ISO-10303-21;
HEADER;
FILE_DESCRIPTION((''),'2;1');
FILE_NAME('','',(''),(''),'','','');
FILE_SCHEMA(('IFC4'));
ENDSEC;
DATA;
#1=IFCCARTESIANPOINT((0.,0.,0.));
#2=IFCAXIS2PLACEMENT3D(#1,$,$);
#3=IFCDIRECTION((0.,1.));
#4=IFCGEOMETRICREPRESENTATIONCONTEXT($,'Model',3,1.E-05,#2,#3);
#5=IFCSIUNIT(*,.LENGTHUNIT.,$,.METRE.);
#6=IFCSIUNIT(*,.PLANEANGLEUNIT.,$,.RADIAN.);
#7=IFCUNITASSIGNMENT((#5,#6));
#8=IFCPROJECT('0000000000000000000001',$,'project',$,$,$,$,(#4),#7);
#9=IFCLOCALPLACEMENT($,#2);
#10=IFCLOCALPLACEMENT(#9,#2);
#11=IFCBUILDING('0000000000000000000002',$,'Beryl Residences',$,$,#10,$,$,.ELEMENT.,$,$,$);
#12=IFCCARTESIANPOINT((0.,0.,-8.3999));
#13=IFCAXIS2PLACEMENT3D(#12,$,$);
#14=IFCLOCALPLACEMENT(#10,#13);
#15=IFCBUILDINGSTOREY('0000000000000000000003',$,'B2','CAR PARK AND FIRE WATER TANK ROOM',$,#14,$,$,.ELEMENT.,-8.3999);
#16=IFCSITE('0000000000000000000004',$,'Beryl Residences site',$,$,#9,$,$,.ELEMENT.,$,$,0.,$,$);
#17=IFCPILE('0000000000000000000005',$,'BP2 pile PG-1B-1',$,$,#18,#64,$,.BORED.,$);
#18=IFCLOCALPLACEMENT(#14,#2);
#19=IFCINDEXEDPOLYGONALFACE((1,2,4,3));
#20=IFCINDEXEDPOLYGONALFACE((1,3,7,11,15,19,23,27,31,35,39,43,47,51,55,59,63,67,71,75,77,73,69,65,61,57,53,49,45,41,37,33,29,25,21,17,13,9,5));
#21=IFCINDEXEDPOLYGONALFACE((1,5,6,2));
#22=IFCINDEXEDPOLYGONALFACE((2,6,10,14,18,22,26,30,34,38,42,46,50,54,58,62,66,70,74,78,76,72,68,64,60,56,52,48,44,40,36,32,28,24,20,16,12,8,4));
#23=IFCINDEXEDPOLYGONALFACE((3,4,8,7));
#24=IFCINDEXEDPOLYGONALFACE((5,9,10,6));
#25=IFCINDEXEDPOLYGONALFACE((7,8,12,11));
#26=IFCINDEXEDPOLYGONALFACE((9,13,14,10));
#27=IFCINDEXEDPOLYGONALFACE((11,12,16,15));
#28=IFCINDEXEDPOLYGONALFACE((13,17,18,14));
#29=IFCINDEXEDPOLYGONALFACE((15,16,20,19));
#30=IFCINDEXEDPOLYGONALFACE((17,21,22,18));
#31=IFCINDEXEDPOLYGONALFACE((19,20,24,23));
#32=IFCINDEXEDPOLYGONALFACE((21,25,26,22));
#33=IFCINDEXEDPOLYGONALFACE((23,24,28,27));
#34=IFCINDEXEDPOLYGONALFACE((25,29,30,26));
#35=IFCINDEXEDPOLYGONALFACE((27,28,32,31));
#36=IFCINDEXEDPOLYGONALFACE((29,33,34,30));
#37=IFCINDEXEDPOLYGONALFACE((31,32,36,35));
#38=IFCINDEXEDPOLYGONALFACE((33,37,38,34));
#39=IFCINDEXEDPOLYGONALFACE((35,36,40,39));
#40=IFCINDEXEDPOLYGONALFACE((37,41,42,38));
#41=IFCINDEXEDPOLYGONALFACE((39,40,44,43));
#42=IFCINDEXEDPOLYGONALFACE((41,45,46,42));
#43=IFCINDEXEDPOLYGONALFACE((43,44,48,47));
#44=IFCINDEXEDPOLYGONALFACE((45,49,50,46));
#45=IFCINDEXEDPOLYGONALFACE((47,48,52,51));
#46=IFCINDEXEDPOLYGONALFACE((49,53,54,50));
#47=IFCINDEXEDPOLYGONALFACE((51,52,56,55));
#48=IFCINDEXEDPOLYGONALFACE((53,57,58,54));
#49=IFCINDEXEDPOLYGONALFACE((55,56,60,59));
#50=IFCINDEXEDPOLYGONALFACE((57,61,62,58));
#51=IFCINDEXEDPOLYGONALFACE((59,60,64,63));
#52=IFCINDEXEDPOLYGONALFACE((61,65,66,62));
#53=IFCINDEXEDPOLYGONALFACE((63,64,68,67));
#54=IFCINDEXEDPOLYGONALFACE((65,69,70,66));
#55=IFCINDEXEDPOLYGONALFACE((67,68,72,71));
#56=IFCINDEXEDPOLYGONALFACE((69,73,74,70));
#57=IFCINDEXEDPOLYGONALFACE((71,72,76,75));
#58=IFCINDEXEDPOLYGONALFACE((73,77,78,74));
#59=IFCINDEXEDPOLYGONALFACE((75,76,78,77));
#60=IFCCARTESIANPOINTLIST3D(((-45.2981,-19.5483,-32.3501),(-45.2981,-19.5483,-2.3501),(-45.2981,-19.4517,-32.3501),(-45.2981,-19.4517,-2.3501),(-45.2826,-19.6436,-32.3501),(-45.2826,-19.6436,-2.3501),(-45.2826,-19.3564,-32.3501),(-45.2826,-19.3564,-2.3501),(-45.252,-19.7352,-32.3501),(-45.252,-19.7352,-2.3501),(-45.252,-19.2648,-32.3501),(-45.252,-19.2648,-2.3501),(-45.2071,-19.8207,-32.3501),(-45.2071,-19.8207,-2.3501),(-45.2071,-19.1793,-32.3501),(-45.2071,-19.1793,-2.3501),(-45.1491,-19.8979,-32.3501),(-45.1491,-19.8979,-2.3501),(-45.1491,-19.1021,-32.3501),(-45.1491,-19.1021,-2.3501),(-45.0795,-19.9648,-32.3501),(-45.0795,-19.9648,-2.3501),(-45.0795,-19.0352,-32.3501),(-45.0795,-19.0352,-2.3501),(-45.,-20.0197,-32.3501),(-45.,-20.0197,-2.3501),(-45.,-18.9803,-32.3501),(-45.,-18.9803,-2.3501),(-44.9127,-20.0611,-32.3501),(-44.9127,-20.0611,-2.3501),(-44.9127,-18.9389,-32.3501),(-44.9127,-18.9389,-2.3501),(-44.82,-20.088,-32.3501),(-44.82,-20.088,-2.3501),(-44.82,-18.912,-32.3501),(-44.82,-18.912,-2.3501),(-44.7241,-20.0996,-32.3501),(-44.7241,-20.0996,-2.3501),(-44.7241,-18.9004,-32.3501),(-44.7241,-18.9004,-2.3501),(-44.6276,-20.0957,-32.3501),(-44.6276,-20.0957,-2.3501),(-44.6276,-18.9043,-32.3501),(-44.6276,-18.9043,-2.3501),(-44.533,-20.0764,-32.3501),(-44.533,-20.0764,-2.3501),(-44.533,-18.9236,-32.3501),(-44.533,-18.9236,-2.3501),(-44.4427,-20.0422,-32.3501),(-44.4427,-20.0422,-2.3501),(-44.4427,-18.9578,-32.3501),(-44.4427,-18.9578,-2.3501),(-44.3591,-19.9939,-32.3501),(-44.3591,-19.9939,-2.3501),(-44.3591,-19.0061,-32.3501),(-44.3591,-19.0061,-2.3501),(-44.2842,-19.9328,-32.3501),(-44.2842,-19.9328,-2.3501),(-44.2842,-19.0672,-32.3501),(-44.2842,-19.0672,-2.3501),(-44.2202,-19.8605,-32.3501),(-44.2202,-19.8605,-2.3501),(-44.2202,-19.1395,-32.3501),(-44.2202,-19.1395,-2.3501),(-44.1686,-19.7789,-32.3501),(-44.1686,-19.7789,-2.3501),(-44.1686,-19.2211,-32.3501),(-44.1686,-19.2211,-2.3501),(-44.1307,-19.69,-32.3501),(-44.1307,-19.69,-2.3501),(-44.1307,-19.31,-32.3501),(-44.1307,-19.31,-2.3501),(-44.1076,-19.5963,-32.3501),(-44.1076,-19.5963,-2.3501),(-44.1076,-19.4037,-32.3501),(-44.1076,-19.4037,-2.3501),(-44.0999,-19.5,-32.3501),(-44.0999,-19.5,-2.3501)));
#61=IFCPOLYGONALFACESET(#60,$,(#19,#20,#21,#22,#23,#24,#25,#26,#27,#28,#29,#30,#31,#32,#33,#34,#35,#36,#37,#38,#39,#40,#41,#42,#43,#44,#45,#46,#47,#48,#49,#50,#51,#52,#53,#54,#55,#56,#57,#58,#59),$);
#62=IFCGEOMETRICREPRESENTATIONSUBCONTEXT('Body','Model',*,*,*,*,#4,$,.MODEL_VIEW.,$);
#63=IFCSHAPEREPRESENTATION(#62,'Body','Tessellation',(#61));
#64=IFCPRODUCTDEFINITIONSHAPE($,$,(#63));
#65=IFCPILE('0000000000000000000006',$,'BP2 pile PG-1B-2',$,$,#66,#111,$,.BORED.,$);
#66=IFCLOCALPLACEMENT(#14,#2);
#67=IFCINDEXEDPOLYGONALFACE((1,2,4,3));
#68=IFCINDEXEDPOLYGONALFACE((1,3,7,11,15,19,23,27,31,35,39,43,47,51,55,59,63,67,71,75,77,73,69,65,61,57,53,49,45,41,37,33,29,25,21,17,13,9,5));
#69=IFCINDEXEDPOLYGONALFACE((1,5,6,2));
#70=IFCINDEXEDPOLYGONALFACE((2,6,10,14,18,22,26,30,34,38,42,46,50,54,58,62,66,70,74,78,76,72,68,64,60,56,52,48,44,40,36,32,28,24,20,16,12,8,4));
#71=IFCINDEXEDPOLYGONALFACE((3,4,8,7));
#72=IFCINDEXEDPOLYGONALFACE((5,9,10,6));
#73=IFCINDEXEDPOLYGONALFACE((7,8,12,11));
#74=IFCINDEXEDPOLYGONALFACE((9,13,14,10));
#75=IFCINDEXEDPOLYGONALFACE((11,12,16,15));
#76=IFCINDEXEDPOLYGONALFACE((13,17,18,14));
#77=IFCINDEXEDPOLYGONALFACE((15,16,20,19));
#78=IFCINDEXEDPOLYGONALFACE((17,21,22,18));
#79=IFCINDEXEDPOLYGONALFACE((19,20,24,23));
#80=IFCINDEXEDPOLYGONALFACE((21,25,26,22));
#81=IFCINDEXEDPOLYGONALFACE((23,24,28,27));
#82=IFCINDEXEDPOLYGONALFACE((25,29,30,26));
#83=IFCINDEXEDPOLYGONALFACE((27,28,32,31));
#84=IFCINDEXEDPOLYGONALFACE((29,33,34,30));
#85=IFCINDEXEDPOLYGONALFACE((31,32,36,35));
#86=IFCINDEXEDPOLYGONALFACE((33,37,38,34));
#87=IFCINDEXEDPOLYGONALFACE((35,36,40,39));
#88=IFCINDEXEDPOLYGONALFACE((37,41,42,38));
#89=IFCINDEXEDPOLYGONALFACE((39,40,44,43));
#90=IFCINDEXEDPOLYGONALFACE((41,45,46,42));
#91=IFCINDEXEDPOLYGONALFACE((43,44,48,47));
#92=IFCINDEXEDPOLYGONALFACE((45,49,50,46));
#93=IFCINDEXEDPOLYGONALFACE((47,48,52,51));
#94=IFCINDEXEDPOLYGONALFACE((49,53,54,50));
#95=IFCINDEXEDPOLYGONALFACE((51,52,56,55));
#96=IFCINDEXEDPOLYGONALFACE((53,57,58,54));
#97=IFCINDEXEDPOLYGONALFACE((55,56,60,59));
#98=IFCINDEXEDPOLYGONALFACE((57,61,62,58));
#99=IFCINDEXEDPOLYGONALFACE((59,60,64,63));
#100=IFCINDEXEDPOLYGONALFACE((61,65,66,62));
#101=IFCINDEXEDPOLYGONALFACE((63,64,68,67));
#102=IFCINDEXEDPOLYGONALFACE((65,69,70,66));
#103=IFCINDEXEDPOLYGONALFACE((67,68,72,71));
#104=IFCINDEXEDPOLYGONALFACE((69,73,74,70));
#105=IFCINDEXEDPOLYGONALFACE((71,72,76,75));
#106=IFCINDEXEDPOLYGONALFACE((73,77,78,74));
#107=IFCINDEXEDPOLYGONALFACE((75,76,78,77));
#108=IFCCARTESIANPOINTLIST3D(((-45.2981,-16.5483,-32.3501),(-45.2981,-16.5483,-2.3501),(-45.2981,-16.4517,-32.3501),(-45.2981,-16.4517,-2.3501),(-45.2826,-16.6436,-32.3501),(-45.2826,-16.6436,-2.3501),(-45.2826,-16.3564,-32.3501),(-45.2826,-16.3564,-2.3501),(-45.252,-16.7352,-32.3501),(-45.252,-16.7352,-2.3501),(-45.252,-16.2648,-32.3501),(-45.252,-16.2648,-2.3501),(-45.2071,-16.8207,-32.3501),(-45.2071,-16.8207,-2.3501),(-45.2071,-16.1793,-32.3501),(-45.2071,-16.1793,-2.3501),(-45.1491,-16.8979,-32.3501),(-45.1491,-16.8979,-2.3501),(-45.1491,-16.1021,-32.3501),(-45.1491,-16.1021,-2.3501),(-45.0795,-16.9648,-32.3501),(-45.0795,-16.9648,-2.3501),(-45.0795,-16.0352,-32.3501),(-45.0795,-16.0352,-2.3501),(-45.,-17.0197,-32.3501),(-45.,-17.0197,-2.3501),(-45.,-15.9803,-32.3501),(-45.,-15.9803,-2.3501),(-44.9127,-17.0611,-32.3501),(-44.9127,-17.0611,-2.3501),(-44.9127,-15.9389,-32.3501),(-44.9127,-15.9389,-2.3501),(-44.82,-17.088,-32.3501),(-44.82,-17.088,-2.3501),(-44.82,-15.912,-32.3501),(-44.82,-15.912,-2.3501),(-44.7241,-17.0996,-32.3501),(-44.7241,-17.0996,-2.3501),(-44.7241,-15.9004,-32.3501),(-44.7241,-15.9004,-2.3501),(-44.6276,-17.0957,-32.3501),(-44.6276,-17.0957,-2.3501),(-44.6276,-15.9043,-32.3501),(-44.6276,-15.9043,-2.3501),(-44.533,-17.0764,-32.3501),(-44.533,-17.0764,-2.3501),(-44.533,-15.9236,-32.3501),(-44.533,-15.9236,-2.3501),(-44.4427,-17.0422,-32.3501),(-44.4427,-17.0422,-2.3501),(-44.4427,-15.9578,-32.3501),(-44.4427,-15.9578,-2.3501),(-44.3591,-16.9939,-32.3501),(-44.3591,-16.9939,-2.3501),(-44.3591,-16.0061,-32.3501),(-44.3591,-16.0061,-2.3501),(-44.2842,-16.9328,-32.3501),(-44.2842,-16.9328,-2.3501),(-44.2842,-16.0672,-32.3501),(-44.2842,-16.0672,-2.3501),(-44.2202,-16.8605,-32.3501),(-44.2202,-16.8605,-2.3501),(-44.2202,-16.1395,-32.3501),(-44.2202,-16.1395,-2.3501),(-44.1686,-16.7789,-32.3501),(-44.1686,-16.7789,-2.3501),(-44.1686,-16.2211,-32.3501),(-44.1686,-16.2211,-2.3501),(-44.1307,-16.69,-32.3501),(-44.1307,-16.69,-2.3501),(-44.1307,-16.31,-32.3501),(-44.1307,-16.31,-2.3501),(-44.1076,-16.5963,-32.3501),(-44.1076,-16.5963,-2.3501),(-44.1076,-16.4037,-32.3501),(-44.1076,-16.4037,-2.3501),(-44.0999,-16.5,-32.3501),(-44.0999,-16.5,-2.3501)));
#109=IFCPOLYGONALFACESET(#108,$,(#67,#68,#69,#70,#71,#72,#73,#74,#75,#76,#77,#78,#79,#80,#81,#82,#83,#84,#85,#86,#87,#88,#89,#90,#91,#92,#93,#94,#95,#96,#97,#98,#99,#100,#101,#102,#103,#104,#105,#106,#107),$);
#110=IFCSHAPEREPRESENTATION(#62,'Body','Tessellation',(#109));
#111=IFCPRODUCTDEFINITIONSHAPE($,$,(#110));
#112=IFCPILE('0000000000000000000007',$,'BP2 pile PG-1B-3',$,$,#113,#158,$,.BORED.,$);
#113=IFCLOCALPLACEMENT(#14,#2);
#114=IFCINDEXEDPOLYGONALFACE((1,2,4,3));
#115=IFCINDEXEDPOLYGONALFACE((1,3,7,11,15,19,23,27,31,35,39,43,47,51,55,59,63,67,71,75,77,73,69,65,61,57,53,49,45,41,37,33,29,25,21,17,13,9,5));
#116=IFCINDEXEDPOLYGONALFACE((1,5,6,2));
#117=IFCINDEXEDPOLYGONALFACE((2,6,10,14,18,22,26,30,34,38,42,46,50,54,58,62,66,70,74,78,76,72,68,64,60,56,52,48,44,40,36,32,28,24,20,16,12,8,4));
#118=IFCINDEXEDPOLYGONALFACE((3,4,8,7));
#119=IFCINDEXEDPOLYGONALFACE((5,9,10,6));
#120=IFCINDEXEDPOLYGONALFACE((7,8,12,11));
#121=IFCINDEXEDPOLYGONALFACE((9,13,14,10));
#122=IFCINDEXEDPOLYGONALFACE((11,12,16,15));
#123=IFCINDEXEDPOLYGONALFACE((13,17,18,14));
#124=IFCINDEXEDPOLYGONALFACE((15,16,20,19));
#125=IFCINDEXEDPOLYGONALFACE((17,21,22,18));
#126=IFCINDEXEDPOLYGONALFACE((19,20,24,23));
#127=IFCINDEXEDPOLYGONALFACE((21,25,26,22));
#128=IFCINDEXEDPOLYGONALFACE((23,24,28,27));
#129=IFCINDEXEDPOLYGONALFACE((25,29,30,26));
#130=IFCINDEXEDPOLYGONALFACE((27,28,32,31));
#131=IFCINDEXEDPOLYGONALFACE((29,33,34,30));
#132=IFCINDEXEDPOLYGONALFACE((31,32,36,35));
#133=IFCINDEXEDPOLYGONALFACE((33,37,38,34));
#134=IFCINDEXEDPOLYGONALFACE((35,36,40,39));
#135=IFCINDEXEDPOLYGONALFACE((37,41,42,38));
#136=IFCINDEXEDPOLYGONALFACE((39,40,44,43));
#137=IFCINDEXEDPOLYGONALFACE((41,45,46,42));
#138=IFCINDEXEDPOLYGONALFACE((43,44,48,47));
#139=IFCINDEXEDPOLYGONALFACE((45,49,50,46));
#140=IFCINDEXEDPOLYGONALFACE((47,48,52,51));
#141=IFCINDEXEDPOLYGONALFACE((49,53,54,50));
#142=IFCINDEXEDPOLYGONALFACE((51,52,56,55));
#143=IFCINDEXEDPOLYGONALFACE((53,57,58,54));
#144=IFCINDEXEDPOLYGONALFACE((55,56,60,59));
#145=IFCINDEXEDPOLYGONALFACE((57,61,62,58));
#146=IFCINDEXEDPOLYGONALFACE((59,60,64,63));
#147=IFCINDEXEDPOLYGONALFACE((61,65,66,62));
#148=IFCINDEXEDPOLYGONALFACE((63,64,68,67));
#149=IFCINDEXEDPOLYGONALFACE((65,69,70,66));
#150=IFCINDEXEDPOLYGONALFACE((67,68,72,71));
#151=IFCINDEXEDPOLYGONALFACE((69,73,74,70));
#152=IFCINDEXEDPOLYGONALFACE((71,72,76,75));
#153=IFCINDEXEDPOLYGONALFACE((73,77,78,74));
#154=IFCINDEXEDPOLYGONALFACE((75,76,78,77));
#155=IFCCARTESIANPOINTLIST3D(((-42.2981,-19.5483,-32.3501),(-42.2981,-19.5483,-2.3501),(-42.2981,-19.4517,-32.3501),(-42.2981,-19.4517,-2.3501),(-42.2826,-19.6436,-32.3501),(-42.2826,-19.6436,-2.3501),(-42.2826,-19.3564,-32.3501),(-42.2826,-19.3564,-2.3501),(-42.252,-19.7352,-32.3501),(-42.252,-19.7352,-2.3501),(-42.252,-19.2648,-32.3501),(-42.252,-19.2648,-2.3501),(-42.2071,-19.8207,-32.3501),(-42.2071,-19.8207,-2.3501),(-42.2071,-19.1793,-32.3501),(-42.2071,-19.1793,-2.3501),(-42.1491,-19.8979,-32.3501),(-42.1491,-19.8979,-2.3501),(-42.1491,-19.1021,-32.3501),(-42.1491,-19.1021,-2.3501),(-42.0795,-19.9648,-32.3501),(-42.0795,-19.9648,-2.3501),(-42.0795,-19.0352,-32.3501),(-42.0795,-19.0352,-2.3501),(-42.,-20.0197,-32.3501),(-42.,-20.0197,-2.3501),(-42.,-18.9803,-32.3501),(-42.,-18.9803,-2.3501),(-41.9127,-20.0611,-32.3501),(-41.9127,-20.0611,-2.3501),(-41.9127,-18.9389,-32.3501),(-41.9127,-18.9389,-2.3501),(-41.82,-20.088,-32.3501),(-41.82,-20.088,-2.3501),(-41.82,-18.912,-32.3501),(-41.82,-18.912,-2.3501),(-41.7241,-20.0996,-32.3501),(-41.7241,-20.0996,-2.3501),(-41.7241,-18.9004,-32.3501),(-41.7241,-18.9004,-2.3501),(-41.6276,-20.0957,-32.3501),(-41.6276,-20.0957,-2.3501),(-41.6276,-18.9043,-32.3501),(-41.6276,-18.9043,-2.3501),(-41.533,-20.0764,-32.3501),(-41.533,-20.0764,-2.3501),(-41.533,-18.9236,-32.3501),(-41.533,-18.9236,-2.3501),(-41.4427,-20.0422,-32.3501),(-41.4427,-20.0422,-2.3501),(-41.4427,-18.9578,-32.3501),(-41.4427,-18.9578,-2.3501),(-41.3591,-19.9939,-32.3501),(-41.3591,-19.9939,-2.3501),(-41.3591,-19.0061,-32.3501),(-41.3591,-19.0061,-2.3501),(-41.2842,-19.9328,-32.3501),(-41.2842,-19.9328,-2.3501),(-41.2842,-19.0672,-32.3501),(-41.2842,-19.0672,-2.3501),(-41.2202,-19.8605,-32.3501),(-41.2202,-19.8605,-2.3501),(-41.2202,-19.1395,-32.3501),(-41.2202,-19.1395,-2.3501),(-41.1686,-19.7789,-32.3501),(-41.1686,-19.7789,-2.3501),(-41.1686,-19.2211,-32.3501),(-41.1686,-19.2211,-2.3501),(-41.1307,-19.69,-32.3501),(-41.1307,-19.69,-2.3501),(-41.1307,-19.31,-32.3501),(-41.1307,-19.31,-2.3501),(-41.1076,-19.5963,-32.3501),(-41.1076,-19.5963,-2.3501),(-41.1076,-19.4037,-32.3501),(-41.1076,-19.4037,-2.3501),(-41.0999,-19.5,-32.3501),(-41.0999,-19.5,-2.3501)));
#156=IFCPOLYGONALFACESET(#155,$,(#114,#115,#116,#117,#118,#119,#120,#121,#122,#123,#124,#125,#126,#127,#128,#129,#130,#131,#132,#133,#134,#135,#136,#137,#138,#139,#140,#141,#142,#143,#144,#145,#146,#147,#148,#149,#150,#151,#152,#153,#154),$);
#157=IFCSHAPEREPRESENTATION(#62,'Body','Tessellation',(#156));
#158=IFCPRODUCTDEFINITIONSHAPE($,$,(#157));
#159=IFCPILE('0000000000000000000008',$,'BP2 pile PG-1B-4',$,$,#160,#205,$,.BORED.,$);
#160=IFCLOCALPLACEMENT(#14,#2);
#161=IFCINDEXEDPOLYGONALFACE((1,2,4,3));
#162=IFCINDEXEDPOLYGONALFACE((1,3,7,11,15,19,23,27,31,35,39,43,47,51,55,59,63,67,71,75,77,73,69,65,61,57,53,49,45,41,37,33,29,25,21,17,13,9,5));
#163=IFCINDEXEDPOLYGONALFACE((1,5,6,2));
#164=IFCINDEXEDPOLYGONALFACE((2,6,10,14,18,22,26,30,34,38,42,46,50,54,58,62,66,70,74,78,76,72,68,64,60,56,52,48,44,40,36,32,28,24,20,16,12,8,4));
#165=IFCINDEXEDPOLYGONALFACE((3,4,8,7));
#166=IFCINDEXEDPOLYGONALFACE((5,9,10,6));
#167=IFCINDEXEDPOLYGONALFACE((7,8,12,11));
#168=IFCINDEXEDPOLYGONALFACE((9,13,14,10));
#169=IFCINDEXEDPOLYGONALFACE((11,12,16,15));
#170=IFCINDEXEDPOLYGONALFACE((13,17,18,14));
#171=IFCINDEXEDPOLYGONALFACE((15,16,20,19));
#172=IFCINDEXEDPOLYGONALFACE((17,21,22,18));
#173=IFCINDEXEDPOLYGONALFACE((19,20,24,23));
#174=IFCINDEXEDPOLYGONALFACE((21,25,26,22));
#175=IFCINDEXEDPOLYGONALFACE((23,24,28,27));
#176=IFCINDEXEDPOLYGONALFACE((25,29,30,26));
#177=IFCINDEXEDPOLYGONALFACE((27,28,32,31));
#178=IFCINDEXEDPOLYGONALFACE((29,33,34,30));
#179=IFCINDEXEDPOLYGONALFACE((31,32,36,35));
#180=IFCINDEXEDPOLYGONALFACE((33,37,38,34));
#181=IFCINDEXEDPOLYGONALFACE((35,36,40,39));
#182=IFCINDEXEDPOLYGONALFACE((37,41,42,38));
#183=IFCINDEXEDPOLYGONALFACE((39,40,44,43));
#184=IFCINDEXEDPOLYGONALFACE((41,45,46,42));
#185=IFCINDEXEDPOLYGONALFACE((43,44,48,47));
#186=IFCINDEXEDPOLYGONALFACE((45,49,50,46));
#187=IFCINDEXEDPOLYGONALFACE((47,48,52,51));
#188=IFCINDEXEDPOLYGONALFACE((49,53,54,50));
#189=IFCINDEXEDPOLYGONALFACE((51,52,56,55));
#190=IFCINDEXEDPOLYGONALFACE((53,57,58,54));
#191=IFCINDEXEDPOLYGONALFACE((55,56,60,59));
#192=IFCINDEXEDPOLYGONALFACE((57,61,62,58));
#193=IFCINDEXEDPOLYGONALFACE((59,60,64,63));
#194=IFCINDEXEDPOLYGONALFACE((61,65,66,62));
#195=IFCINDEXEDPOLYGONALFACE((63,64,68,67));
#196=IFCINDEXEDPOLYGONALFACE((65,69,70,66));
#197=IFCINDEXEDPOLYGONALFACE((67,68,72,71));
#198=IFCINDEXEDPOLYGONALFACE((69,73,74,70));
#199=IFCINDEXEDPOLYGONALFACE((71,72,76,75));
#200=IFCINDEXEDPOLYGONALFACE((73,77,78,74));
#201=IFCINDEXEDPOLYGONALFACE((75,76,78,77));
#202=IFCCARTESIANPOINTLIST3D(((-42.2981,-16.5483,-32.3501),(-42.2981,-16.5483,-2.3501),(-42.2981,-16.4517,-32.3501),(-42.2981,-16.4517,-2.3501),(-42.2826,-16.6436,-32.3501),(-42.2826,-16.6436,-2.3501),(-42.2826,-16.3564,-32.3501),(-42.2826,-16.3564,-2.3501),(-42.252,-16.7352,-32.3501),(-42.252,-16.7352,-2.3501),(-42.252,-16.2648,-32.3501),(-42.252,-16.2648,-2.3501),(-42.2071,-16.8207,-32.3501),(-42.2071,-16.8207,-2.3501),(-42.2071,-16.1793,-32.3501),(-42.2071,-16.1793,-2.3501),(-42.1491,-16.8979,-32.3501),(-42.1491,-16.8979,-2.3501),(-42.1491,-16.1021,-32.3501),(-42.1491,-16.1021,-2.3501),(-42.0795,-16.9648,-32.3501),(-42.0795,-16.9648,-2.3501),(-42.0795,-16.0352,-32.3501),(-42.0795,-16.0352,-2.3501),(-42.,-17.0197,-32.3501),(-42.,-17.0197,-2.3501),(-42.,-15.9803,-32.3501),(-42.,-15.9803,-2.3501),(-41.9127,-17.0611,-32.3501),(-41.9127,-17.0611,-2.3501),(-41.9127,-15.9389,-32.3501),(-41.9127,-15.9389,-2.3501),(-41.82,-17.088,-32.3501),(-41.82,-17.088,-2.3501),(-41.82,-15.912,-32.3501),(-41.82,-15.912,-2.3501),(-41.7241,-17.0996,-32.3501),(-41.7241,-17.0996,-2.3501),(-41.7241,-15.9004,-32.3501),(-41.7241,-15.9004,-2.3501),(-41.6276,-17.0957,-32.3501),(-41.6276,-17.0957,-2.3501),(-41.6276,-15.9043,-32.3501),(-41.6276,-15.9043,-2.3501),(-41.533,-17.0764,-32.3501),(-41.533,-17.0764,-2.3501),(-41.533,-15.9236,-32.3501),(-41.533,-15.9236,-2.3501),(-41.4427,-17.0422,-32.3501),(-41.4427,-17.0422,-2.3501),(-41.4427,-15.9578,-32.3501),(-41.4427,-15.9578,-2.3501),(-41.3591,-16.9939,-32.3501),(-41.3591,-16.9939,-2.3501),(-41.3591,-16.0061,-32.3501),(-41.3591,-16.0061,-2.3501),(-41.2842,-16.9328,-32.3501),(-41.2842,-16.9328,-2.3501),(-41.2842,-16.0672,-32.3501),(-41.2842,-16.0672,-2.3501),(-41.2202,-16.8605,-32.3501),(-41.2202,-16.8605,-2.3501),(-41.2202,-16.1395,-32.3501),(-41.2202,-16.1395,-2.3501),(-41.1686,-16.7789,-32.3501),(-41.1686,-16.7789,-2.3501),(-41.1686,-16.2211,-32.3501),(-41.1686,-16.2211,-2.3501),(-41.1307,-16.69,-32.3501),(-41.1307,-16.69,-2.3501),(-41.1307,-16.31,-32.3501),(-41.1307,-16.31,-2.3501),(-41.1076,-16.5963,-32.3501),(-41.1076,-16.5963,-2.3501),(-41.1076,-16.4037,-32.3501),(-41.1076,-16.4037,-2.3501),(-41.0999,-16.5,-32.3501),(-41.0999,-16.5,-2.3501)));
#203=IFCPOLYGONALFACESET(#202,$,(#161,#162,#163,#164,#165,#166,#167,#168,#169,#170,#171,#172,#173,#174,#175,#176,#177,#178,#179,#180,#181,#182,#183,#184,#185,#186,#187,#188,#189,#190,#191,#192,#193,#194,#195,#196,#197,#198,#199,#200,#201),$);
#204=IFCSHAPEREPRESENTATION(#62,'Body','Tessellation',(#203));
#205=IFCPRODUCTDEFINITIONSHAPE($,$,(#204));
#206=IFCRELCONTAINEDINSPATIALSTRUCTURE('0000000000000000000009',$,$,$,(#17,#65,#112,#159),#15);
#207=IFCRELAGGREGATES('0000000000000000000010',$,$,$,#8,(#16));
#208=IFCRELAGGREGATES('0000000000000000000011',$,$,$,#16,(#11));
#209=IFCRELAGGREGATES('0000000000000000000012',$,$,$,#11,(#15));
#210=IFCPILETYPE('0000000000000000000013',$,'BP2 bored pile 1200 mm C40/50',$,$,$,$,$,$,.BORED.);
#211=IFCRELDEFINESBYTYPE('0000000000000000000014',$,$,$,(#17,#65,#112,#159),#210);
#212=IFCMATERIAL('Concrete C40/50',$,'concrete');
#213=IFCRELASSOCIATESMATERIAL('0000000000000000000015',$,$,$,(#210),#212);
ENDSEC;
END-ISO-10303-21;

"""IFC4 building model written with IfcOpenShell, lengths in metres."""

from ifc_helpers import new_model, si_unit, direction, frame, origin, origin_2d, place, context, subcontext, project, spatial, circle, extrude, material, material_profile, profile_set, type_object, element, save


model = new_model("IFC4")

# Units and contexts
model_context = context("Model", 3, precision=1e-05, world=origin(), true_north=direction((0.0, 1.0)))
body_context = subcontext(model_context, "Body", "Model", "MODEL_VIEW")
ifc_project = project(units=[si_unit("LENGTHUNIT", "METRE"), si_unit("PLANEANGLEUNIT", "RADIAN")], contexts=[model_context])

# Site, building, storey
site_placement = place(None, origin())
site = spatial("IfcSite", under=ifc_project, at=site_placement, Name="Beryl Residences site", CompositionType="ELEMENT", RefElevation=0.0)
building_placement = place(site_placement, origin())
building = spatial("IfcBuilding", under=site, at=building_placement, Name="Beryl Residences", CompositionType="ELEMENT")
storey_placement = place(building_placement, frame((0.0, 0.0, -8.3999)))
storey = spatial("IfcBuildingStorey", under=building, at=storey_placement, Name="B2", Description="CAR PARK AND FIRE WATER TANK ROOM", CompositionType="ELEMENT", Elevation=-8.3999)

# Piles
ifc_material_1 = material(Name="Concrete C40/50", Category="concrete")
ifc_material_profile_1 = material_profile(ifc_material_1, circle(Radius=0.6001, at=origin_2d()))
ifc_profile_set_1 = profile_set([ifc_material_profile_1], Name="Concrete C40/50")
pile_type_1 = type_object("IfcPileType", Name="BP2 bored pile 1200 mm C40/50", PredefinedType="BORED", material=ifc_profile_set_1)
for number, where, z_axis, x_axis, name in (
    (1, (-44.7, -19.5, -2.3501), (0.0, 0.0, -1.0), (1.0, 0.0, 0.0), "BP2 pile PG-1B-1"),
    (2, (-44.7, -16.5, -2.3501), (0.0, 0.0, -1.0), (1.0, 0.0, 0.0), "BP2 pile PG-1B-2"),
    (3, (-41.7, -19.5, -2.3501), (0.0, 0.0, -1.0), (1.0, 0.0, 0.0), "BP2 pile PG-1B-3"),
    (4, (-41.7, -16.5, -2.3501), (0.0, 0.0, -1.0), (1.0, 0.0, 0.0), "BP2 pile PG-1B-4"),
):
    element("IfcPile", number, at=place(storey_placement, frame(where, z_axis=z_axis, x_axis=x_axis)), inside=storey, type_object=pile_type_1, Name=name, PredefinedType="BORED", context=body_context, shape_type="SweptSolid", body=[
        extrude(circle(Radius=0.6001, at=origin_2d()), origin(), (0.0, 0.0, 1.0), 30.0),
    ])

save(model, "model.ifc")
